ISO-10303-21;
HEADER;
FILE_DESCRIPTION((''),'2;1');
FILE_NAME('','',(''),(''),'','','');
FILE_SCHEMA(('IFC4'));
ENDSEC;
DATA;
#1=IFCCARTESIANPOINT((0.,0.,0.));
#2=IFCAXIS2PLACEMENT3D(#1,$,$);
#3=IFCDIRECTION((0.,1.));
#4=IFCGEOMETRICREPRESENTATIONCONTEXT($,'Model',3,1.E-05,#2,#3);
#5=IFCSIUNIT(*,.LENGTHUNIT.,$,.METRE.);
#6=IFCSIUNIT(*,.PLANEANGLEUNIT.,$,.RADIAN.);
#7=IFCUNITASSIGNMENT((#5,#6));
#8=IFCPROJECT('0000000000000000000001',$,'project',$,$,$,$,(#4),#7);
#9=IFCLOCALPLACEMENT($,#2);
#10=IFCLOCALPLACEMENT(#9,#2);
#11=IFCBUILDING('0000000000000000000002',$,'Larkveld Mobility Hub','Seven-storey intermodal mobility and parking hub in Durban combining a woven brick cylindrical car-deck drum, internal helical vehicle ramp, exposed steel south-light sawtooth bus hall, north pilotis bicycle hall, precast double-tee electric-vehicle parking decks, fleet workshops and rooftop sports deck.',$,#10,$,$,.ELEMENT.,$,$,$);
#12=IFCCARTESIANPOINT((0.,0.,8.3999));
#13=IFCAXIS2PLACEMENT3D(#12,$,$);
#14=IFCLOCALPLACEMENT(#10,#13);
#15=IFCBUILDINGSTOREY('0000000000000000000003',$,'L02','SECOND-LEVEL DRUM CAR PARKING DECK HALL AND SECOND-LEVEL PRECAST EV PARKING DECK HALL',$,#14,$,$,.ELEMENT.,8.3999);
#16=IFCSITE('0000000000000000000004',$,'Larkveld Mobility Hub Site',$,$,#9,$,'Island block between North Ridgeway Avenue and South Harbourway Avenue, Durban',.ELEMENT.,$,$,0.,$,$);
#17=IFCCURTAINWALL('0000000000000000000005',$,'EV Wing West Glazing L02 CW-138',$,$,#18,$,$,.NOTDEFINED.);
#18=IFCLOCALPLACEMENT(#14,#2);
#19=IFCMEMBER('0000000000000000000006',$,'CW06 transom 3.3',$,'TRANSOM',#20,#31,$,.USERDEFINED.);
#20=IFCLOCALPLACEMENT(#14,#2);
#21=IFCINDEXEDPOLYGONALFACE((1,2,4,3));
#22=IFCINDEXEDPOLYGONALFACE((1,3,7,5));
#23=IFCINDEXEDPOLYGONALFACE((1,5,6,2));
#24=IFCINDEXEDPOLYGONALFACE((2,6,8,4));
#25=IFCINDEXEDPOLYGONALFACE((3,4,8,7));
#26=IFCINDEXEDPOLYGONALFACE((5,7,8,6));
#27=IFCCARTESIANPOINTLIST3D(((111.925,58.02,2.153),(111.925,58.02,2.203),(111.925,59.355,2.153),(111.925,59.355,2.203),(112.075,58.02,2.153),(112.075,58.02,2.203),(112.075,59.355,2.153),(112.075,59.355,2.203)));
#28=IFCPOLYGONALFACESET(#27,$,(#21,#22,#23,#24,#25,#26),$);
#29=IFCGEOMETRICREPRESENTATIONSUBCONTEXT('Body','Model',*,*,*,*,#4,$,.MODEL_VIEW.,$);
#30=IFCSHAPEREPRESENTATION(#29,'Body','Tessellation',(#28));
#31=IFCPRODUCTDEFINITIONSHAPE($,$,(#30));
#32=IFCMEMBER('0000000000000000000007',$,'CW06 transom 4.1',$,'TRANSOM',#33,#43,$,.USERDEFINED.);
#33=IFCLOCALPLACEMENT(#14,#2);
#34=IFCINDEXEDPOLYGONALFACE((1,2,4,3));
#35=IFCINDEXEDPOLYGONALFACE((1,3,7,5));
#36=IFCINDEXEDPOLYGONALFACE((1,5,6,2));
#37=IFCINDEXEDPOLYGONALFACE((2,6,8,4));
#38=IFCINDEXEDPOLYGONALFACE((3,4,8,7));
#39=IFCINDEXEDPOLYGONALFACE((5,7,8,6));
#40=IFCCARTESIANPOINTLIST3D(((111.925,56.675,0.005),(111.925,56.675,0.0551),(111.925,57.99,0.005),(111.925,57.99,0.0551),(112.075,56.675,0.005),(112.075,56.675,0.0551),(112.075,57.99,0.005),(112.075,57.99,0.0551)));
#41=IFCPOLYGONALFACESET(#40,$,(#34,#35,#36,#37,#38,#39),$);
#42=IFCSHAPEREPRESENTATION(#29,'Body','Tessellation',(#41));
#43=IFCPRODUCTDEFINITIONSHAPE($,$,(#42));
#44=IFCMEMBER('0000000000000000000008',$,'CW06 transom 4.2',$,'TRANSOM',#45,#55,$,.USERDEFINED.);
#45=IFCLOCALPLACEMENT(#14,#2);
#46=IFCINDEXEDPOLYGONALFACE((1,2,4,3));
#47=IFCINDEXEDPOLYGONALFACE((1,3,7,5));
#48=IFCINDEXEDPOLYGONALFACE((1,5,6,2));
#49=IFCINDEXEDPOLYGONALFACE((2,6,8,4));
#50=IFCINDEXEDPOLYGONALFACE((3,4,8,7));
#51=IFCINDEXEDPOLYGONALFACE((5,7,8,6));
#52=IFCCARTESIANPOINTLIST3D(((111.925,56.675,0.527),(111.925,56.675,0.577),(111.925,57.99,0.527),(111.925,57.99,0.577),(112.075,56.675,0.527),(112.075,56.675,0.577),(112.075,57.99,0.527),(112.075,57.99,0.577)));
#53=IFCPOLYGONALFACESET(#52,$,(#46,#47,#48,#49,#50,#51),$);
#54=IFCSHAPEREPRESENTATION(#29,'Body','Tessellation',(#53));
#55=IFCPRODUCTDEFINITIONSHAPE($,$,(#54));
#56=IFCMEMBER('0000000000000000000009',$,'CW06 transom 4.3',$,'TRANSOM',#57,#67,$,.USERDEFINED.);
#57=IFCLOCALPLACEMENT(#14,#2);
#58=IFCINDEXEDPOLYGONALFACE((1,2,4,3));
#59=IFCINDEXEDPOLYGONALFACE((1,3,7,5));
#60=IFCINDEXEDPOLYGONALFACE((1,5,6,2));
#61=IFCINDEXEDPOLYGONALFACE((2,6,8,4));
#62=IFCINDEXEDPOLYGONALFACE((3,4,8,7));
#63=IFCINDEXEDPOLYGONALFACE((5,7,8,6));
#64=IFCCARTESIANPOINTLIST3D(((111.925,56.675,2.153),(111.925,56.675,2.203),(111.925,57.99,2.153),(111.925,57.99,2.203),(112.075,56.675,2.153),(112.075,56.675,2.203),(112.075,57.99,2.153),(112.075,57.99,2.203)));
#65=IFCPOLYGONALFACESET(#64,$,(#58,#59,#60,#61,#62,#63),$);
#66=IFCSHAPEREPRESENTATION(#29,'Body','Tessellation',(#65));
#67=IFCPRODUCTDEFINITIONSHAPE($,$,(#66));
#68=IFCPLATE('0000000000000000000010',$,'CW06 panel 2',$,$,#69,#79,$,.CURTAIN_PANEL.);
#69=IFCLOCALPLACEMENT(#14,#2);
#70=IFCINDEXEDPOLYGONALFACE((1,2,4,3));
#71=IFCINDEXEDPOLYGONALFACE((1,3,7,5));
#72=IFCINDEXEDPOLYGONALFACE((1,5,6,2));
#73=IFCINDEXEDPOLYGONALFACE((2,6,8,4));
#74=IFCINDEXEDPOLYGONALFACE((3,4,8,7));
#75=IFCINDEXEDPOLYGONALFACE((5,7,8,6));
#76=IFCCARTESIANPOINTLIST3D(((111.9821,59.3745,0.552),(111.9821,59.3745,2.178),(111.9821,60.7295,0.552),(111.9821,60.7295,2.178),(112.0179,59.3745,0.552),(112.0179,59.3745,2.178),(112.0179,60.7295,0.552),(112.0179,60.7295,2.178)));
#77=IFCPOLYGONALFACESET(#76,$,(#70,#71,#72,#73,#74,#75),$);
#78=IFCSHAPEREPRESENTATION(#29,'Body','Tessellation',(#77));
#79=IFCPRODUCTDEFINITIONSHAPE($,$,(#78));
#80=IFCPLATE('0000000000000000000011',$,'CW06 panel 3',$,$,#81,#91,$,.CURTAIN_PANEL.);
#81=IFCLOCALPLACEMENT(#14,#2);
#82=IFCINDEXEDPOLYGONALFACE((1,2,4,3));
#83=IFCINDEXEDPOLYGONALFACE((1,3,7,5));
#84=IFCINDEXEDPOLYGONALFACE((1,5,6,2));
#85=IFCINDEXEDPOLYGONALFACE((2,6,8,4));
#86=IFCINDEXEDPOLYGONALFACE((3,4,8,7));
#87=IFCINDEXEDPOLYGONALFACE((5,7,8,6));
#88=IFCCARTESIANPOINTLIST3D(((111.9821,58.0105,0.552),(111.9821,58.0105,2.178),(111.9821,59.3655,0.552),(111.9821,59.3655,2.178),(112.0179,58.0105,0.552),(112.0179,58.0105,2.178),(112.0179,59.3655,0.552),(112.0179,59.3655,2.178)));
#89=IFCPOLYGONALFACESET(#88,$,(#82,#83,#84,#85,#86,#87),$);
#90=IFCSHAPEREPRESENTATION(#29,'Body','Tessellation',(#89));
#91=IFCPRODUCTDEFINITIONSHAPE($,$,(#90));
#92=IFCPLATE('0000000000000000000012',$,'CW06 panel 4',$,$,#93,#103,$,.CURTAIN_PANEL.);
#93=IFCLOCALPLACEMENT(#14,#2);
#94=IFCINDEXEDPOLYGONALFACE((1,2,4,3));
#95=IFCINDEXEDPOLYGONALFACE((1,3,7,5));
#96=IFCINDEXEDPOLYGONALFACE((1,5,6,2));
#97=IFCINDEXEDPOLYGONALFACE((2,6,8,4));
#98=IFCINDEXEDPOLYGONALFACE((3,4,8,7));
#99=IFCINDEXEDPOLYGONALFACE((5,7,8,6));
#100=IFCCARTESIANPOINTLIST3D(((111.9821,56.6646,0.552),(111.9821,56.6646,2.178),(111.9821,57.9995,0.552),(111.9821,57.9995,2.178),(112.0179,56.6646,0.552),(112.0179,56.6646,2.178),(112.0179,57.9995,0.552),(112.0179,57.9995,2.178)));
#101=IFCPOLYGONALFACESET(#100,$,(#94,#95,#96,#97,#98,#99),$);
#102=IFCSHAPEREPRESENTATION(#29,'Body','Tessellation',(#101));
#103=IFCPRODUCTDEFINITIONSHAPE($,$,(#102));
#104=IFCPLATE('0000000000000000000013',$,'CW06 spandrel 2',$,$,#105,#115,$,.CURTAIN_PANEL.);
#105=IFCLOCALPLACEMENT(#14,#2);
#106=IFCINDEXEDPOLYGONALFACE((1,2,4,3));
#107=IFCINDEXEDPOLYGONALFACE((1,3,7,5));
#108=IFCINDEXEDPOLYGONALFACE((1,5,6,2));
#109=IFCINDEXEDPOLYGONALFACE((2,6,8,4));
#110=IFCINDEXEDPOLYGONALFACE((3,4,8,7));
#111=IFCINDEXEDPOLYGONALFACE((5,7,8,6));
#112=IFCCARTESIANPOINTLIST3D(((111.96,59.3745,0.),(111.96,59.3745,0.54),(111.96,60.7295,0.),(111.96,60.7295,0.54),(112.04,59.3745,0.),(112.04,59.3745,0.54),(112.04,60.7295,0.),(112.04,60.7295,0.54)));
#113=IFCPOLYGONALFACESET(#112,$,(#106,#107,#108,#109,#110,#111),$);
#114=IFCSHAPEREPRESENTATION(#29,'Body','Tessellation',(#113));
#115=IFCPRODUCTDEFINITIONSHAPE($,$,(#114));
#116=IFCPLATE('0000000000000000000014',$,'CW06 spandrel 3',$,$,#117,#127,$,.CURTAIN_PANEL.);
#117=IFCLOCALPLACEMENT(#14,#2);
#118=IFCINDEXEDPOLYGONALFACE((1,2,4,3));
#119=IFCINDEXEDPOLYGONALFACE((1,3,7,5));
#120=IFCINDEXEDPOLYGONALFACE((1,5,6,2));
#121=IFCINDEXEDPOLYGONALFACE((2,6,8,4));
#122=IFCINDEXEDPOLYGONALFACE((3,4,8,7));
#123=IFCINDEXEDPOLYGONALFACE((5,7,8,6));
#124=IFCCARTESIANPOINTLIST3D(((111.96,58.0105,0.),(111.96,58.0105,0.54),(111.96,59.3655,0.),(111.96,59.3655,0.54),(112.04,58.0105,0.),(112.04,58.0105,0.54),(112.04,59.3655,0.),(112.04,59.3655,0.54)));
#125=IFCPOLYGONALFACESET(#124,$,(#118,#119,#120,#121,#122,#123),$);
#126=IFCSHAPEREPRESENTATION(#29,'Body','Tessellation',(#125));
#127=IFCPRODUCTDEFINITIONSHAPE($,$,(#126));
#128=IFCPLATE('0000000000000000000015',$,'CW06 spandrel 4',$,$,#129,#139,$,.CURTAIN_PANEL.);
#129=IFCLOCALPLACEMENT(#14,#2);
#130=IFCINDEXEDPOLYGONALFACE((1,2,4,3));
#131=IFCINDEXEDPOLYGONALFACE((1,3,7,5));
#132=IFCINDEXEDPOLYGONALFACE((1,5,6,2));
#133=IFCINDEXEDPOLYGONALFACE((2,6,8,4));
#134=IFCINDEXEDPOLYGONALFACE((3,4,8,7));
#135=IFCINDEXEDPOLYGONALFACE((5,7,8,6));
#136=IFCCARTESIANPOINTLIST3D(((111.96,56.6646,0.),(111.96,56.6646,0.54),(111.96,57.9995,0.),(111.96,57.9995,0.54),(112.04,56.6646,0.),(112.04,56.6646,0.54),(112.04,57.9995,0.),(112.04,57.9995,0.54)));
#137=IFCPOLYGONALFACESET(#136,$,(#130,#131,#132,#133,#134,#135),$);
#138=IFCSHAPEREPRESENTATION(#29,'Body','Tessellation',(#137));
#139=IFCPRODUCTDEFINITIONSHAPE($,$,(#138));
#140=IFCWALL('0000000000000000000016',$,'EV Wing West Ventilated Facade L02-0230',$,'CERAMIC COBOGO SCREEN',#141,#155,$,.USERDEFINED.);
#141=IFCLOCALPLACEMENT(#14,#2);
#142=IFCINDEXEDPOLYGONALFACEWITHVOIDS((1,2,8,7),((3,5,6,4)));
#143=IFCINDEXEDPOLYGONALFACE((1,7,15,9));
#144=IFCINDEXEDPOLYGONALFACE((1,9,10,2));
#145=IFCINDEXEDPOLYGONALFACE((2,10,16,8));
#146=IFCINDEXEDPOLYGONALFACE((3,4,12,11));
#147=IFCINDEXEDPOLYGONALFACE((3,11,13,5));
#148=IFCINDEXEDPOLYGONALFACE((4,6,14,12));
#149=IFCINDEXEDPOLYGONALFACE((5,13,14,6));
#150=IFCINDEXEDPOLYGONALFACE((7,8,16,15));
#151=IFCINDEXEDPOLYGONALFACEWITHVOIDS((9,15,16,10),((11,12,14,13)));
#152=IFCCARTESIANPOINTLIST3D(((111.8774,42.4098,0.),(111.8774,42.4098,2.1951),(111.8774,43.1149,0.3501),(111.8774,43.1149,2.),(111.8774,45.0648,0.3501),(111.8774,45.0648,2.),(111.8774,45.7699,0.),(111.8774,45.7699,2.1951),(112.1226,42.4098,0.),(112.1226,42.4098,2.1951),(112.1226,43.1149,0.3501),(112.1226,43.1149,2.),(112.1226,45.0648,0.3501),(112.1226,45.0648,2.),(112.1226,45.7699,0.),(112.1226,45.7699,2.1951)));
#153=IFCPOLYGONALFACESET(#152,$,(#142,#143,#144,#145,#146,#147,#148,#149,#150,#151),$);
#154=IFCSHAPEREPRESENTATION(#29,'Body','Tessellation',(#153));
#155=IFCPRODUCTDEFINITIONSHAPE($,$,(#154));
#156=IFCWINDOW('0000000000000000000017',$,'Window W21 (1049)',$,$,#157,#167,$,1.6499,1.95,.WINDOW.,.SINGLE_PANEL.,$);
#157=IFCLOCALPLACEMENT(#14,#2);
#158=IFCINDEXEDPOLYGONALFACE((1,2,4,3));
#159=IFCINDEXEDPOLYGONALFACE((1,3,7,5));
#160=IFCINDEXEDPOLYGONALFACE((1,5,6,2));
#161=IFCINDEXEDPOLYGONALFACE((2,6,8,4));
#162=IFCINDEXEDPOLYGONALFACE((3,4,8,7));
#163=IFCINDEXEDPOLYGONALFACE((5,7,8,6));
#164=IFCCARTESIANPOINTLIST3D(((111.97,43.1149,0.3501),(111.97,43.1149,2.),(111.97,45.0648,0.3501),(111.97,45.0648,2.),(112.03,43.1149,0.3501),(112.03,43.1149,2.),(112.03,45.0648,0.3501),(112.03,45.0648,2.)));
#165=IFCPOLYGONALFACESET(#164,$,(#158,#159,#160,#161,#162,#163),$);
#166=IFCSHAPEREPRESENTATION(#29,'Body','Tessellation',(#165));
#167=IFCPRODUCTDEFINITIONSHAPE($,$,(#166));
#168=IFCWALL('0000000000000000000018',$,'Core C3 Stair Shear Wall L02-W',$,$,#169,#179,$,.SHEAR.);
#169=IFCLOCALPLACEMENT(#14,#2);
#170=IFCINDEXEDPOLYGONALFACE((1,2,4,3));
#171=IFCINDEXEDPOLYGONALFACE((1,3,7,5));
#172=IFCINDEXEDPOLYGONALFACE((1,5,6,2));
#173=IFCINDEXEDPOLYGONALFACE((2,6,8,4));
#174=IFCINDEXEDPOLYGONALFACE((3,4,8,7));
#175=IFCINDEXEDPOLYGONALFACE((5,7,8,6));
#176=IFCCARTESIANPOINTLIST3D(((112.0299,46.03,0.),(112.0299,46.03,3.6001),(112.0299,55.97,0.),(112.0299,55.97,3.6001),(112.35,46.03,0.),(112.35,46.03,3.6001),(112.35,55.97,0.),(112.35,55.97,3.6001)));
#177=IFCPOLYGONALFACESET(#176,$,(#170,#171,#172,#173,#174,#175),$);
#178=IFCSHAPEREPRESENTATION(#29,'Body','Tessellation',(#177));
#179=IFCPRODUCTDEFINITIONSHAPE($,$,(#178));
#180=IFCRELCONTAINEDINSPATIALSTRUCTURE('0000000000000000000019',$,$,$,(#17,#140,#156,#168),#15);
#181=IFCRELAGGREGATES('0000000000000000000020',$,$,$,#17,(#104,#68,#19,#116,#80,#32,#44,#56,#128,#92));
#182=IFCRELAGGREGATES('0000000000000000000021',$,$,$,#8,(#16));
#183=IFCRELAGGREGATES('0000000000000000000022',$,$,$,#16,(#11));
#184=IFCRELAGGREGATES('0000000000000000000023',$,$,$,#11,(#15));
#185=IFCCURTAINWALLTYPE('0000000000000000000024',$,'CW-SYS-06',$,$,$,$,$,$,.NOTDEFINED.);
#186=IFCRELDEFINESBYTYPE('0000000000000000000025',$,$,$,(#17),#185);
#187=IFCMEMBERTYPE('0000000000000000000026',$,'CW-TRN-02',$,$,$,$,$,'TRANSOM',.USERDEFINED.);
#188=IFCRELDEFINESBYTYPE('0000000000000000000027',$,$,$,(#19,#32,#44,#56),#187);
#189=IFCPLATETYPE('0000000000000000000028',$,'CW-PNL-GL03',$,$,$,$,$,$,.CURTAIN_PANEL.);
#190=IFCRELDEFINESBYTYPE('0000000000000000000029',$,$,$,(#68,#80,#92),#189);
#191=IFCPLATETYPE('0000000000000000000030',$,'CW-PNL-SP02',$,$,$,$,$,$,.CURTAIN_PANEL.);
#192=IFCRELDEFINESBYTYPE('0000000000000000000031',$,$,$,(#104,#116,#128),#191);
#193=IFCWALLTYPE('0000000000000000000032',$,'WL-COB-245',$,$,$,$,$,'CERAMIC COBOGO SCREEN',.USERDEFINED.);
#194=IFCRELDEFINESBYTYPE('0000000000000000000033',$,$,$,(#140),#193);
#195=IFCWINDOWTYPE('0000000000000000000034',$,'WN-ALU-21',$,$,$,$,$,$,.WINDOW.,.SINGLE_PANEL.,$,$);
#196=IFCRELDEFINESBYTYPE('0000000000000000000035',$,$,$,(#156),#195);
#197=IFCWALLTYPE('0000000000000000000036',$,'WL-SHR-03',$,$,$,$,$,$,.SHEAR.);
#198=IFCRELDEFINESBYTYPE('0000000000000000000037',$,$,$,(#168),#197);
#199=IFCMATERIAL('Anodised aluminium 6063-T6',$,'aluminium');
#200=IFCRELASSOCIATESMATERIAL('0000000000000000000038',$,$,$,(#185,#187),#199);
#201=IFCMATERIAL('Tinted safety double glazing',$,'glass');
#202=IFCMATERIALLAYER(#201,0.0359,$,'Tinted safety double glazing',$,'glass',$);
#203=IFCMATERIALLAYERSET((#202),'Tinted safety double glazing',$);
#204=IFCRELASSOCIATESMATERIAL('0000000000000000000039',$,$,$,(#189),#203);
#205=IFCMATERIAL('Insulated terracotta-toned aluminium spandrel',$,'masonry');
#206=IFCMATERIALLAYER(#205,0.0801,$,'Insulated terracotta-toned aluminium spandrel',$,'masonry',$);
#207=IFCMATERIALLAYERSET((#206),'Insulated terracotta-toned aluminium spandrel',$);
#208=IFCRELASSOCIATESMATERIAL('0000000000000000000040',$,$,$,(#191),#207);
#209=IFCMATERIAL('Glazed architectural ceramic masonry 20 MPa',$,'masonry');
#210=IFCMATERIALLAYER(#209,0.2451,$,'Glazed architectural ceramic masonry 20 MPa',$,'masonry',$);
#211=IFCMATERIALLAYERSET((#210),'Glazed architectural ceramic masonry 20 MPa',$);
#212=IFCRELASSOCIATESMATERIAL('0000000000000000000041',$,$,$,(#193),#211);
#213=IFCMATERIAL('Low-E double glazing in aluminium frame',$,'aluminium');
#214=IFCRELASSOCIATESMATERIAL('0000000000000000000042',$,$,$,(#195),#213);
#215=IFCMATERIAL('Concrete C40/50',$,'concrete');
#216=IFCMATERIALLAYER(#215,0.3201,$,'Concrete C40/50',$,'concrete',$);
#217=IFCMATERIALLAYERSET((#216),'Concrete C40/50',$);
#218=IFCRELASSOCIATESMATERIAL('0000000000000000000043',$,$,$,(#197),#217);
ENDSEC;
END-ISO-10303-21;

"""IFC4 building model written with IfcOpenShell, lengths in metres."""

from ifc_helpers import new_model, si_unit, direction, frame, frame_2d, origin, origin_2d, place, context, subcontext, project, spatial, rectangle, extrude, material, layer, layer_set, material_profile, profile_set, type_object, element, fill, aggregate, save


model = new_model("IFC4")

# Units and contexts
model_context = context("Model", 3, precision=1e-05, world=origin(), true_north=direction((0.0, 1.0)))
body_context = subcontext(model_context, "Body", "Model", "MODEL_VIEW")
ifc_project = project(units=[si_unit("LENGTHUNIT", "METRE"), si_unit("PLANEANGLEUNIT", "RADIAN")], contexts=[model_context])

# Site, building, storey
site_placement = place(None, origin())
site = spatial("IfcSite", under=ifc_project, at=site_placement, Name="Larkveld Mobility Hub Site", LongName="Island block between North Ridgeway Avenue and South Harbourway Avenue, Durban", CompositionType="ELEMENT", RefElevation=0.0)
building_placement = place(site_placement, origin())
building = spatial("IfcBuilding", under=site, at=building_placement, Name="Larkveld Mobility Hub", Description="Seven-storey intermodal mobility and parking hub in Durban combining a woven brick cylindrical car-deck drum, internal helical vehicle ramp, exposed steel south-light sawtooth bus hall, north pilotis bicycle hall, precast double-tee electric-vehicle parking decks, fleet workshops and rooftop sports deck.", CompositionType="ELEMENT")
storey_placement = place(building_placement, frame((0.0, 0.0, 8.3999)))
storey = spatial("IfcBuildingStorey", under=building, at=storey_placement, Name="L02", Description="SECOND-LEVEL DRUM CAR PARKING DECK HALL AND SECOND-LEVEL PRECAST EV PARKING DECK HALL", CompositionType="ELEMENT", Elevation=8.3999)

# Curtain wall, members, plates
ifc_material_1 = material(Name="Anodised aluminium 6063-T6", Category="aluminium")
curtain_wall_type = type_object("IfcCurtainWallType", Name="CW-SYS-06", PredefinedType="NOTDEFINED", material=ifc_material_1)
curtain_wall_placement = place(storey_placement, origin())
curtain_wall = element("IfcCurtainWall", 1, at=curtain_wall_placement, inside=storey, type_object=curtain_wall_type, Name="EV Wing West Glazing L02 CW-138", PredefinedType="NOTDEFINED")
ifc_material_profile_1 = material_profile(ifc_material_1, rectangle(XDim=0.1499, YDim=0.05, at=origin_2d()), Name="ALU TRAN 50x150")
ifc_profile_set_1 = profile_set([ifc_material_profile_1], Name="Anodised aluminium 6063-T6")
member_type_1 = type_object("IfcMemberType", Name="CW-TRN-02", ElementType="TRANSOM", PredefinedType="USERDEFINED", material=ifc_profile_set_1)
member_1_placement = place(storey_placement, frame((112.0, 59.355, 2.178), z_axis=(0.0, -1.0, 0.0), x_axis=(1.0, 0.0, 0.0)))
member_1 = element("IfcMember", 2, at=member_1_placement, type_object=member_type_1, Name="CW06 transom 3.3", ObjectType="TRANSOM", PredefinedType="USERDEFINED", context=body_context, shape_type="SweptSolid", body=[
    extrude(rectangle(XDim=0.1499, YDim=0.05, at=origin_2d()), origin(), (0.0, 0.0, 1.0), 1.335),
])
member_2_placement = place(storey_placement, frame((112.0, 57.99, 0.03), z_axis=(0.0, -1.0, 0.0), x_axis=(1.0, 0.0, 0.0)))
member_2 = element("IfcMember", 3, at=member_2_placement, type_object=member_type_1, Name="CW06 transom 4.1", ObjectType="TRANSOM", PredefinedType="USERDEFINED", context=body_context, shape_type="SweptSolid", body=[
    extrude(rectangle(XDim=0.1499, YDim=0.05, at=origin_2d()), origin(), (0.0, 0.0, 1.0), 1.3149),
])
member_3_placement = place(storey_placement, frame((112.0, 57.99, 0.552), z_axis=(0.0, -1.0, 0.0), x_axis=(1.0, 0.0, 0.0)))
member_3 = element("IfcMember", 4, at=member_3_placement, type_object=member_type_1, Name="CW06 transom 4.2", ObjectType="TRANSOM", PredefinedType="USERDEFINED", context=body_context, shape_type="SweptSolid", body=[
    extrude(rectangle(XDim=0.1499, YDim=0.05, at=origin_2d()), origin(), (0.0, 0.0, 1.0), 1.3149),
])
member_4_placement = place(storey_placement, frame((112.0, 57.99, 2.178), z_axis=(0.0, -1.0, 0.0), x_axis=(1.0, 0.0, 0.0)))
member_4 = element("IfcMember", 5, at=member_4_placement, type_object=member_type_1, Name="CW06 transom 4.3", ObjectType="TRANSOM", PredefinedType="USERDEFINED", context=body_context, shape_type="SweptSolid", body=[
    extrude(rectangle(XDim=0.1499, YDim=0.05, at=origin_2d()), origin(), (0.0, 0.0, 1.0), 1.3149),
])
ifc_material_2 = material(Name="Tinted safety double glazing", Category="glass")
ifc_layer_1 = layer(ifc_material_2, 0.0359, Name="Tinted safety double glazing", Category="glass")
ifc_layer_set_1 = layer_set([ifc_layer_1], Name="Tinted safety double glazing")
plate_type_1 = type_object("IfcPlateType", Name="CW-PNL-GL03", PredefinedType="CURTAIN_PANEL", material=ifc_layer_set_1)
plate_1_placement = place(storey_placement, frame((112.0, 60.052, 0.552), z_axis=(0.0, 0.0, 1.0), x_axis=(0.0, -1.0, 0.0)))
plate_1 = element("IfcPlate", 6, at=plate_1_placement, type_object=plate_type_1, Name="CW06 panel 2", PredefinedType="CURTAIN_PANEL", context=body_context, shape_type="SweptSolid", body=[
    extrude(rectangle(XDim=1.355, YDim=0.0359, at=origin_2d()), origin(), (0.0, 0.0, 1.0), 1.626),
])
plate_2_placement = place(storey_placement, frame((112.0, 58.688, 0.552), z_axis=(0.0, 0.0, 1.0), x_axis=(0.0, -1.0, 0.0)))
plate_2 = element("IfcPlate", 7, at=plate_2_placement, type_object=plate_type_1, Name="CW06 panel 3", PredefinedType="CURTAIN_PANEL", context=body_context, shape_type="SweptSolid", body=[
    extrude(rectangle(XDim=1.355, YDim=0.0359, at=origin_2d()), origin(), (0.0, 0.0, 1.0), 1.626),
])
plate_3_placement = place(storey_placement, frame((112.0, 57.332, 0.552), z_axis=(0.0, 0.0, 1.0), x_axis=(0.0, -1.0, 0.0)))
plate_3 = element("IfcPlate", 8, at=plate_3_placement, type_object=plate_type_1, Name="CW06 panel 4", PredefinedType="CURTAIN_PANEL", context=body_context, shape_type="SweptSolid", body=[
    extrude(rectangle(XDim=1.335, YDim=0.0359, at=origin_2d()), origin(), (0.0, 0.0, 1.0), 1.626),
])
ifc_material_3 = material(Name="Insulated terracotta-toned aluminium spandrel", Category="masonry")
ifc_layer_2 = layer(ifc_material_3, 0.0801, Name="Insulated terracotta-toned aluminium spandrel", Category="masonry")
ifc_layer_set_2 = layer_set([ifc_layer_2], Name="Insulated terracotta-toned aluminium spandrel")
plate_type_2 = type_object("IfcPlateType", Name="CW-PNL-SP02", PredefinedType="CURTAIN_PANEL", material=ifc_layer_set_2)
plate_4_placement = place(storey_placement, frame((112.0, 60.052, 0.0), z_axis=(0.0, 0.0, 1.0), x_axis=(0.0, -1.0, 0.0)))
plate_4 = element("IfcPlate", 9, at=plate_4_placement, type_object=plate_type_2, Name="CW06 spandrel 2", PredefinedType="CURTAIN_PANEL", context=body_context, shape_type="SweptSolid", body=[
    extrude(rectangle(XDim=1.355, YDim=0.0801, at=origin_2d()), origin(), (0.0, 0.0, 1.0), 0.54),
])
plate_5_placement = place(storey_placement, frame((112.0, 58.688, 0.0), z_axis=(0.0, 0.0, 1.0), x_axis=(0.0, -1.0, 0.0)))
plate_5 = element("IfcPlate", 10, at=plate_5_placement, type_object=plate_type_2, Name="CW06 spandrel 3", PredefinedType="CURTAIN_PANEL", context=body_context, shape_type="SweptSolid", body=[
    extrude(rectangle(XDim=1.355, YDim=0.0801, at=origin_2d()), origin(), (0.0, 0.0, 1.0), 0.54),
])
plate_6_placement = place(storey_placement, frame((112.0, 57.332, 0.0), z_axis=(0.0, 0.0, 1.0), x_axis=(0.0, -1.0, 0.0)))
plate_6 = element("IfcPlate", 11, at=plate_6_placement, type_object=plate_type_2, Name="CW06 spandrel 4", PredefinedType="CURTAIN_PANEL", context=body_context, shape_type="SweptSolid", body=[
    extrude(rectangle(XDim=1.335, YDim=0.0801, at=origin_2d()), origin(), (0.0, 0.0, 1.0), 0.54),
])
aggregate(curtain_wall, [plate_4, plate_1, member_1, plate_5, plate_2, member_2, member_3, member_4, plate_6, plate_3])

# Wall, opening, window
ifc_material_4 = material(Name="Glazed architectural ceramic masonry 20 MPa", Category="masonry")
ifc_layer_3 = layer(ifc_material_4, 0.2451, Name="Glazed architectural ceramic masonry 20 MPa", Category="masonry")
ifc_layer_set_3 = layer_set([ifc_layer_3], Name="Glazed architectural ceramic masonry 20 MPa")
wall_type_1 = type_object("IfcWallType", Name="WL-COB-245", ElementType="CERAMIC COBOGO SCREEN", PredefinedType="USERDEFINED", material=ifc_layer_set_3)
wall_1_placement = place(storey_placement, frame((112.0, 45.77, 0.0), z_axis=(0.0, 0.0, 1.0), x_axis=(0.0, -1.0, 0.0)))
wall_1 = element("IfcWall", 12, at=wall_1_placement, inside=storey, type_object=wall_type_1, Name="EV Wing West Ventilated Facade L02-0230", ObjectType="CERAMIC COBOGO SCREEN", PredefinedType="USERDEFINED", context=body_context, shape_type="SweptSolid", body=[
    extrude(rectangle(XDim=3.3601, YDim=0.2451, at=frame_2d((1.6802, 0.0))), origin(), (0.0, 0.0, 1.0), 2.1951),
])
opening_placement = place(wall_1_placement, frame((0.7051, 0.0, 0.3501)))
opening = element("IfcOpeningElement", 13, at=opening_placement, cuts=wall_1, PredefinedType="OPENING", context=body_context, shape_type="SweptSolid", body=[
    extrude(rectangle(XDim=1.95, YDim=1.6499, at=frame_2d((0.9751, 0.825))), frame((0.0, 0.1326, 0.0), z_axis=(0.0, -1.0, 0.0), x_axis=(1.0, 0.0, 0.0)), (0.0, 0.0, 1.0), 0.2651),
])
ifc_material_5 = material(Name="Low-E double glazing in aluminium frame", Category="aluminium")
window_type = type_object("IfcWindowType", Name="WN-ALU-21", PartitioningType="SINGLE_PANEL", PredefinedType="WINDOW", material=ifc_material_5)
window_placement = place(opening_placement, origin())
window = element("IfcWindow", 14, at=window_placement, inside=storey, type_object=window_type, Name="Window W21 (1049)", OverallHeight=1.6499, OverallWidth=1.95, PartitioningType="SINGLE_PANEL", PredefinedType="WINDOW", context=body_context, shape_type="SweptSolid", body=[
    extrude(rectangle(XDim=1.95, YDim=1.6499, at=frame_2d((0.9751, 0.825))), frame((0.0, 0.03, 0.0), z_axis=(0.0, -1.0, 0.0), x_axis=(1.0, 0.0, 0.0)), (0.0, 0.0, 1.0), 0.0601),
])
fill(opening, window)

# Wall
ifc_material_6 = material(Name="Concrete C40/50", Category="concrete")
ifc_layer_4 = layer(ifc_material_6, 0.3201, Name="Concrete C40/50", Category="concrete")
ifc_layer_set_4 = layer_set([ifc_layer_4], Name="Concrete C40/50")
wall_type_2 = type_object("IfcWallType", Name="WL-SHR-03", PredefinedType="SHEAR", material=ifc_layer_set_4)
wall_2_placement = place(storey_placement, frame((112.1899, 46.03, 0.0), z_axis=(0.0, 0.0, 1.0), x_axis=(0.0, 1.0, 0.0)))
element("IfcWall", 15, at=wall_2_placement, inside=storey, type_object=wall_type_2, Name="Core C3 Stair Shear Wall L02-W", PredefinedType="SHEAR", context=body_context, shape_type="SweptSolid", body=[
    extrude(rectangle(XDim=9.9399, YDim=0.3201, at=frame_2d((4.97, 0.0))), origin(), (0.0, 0.0, 1.0), 3.6001),
])

save(model, "model.ifc")
